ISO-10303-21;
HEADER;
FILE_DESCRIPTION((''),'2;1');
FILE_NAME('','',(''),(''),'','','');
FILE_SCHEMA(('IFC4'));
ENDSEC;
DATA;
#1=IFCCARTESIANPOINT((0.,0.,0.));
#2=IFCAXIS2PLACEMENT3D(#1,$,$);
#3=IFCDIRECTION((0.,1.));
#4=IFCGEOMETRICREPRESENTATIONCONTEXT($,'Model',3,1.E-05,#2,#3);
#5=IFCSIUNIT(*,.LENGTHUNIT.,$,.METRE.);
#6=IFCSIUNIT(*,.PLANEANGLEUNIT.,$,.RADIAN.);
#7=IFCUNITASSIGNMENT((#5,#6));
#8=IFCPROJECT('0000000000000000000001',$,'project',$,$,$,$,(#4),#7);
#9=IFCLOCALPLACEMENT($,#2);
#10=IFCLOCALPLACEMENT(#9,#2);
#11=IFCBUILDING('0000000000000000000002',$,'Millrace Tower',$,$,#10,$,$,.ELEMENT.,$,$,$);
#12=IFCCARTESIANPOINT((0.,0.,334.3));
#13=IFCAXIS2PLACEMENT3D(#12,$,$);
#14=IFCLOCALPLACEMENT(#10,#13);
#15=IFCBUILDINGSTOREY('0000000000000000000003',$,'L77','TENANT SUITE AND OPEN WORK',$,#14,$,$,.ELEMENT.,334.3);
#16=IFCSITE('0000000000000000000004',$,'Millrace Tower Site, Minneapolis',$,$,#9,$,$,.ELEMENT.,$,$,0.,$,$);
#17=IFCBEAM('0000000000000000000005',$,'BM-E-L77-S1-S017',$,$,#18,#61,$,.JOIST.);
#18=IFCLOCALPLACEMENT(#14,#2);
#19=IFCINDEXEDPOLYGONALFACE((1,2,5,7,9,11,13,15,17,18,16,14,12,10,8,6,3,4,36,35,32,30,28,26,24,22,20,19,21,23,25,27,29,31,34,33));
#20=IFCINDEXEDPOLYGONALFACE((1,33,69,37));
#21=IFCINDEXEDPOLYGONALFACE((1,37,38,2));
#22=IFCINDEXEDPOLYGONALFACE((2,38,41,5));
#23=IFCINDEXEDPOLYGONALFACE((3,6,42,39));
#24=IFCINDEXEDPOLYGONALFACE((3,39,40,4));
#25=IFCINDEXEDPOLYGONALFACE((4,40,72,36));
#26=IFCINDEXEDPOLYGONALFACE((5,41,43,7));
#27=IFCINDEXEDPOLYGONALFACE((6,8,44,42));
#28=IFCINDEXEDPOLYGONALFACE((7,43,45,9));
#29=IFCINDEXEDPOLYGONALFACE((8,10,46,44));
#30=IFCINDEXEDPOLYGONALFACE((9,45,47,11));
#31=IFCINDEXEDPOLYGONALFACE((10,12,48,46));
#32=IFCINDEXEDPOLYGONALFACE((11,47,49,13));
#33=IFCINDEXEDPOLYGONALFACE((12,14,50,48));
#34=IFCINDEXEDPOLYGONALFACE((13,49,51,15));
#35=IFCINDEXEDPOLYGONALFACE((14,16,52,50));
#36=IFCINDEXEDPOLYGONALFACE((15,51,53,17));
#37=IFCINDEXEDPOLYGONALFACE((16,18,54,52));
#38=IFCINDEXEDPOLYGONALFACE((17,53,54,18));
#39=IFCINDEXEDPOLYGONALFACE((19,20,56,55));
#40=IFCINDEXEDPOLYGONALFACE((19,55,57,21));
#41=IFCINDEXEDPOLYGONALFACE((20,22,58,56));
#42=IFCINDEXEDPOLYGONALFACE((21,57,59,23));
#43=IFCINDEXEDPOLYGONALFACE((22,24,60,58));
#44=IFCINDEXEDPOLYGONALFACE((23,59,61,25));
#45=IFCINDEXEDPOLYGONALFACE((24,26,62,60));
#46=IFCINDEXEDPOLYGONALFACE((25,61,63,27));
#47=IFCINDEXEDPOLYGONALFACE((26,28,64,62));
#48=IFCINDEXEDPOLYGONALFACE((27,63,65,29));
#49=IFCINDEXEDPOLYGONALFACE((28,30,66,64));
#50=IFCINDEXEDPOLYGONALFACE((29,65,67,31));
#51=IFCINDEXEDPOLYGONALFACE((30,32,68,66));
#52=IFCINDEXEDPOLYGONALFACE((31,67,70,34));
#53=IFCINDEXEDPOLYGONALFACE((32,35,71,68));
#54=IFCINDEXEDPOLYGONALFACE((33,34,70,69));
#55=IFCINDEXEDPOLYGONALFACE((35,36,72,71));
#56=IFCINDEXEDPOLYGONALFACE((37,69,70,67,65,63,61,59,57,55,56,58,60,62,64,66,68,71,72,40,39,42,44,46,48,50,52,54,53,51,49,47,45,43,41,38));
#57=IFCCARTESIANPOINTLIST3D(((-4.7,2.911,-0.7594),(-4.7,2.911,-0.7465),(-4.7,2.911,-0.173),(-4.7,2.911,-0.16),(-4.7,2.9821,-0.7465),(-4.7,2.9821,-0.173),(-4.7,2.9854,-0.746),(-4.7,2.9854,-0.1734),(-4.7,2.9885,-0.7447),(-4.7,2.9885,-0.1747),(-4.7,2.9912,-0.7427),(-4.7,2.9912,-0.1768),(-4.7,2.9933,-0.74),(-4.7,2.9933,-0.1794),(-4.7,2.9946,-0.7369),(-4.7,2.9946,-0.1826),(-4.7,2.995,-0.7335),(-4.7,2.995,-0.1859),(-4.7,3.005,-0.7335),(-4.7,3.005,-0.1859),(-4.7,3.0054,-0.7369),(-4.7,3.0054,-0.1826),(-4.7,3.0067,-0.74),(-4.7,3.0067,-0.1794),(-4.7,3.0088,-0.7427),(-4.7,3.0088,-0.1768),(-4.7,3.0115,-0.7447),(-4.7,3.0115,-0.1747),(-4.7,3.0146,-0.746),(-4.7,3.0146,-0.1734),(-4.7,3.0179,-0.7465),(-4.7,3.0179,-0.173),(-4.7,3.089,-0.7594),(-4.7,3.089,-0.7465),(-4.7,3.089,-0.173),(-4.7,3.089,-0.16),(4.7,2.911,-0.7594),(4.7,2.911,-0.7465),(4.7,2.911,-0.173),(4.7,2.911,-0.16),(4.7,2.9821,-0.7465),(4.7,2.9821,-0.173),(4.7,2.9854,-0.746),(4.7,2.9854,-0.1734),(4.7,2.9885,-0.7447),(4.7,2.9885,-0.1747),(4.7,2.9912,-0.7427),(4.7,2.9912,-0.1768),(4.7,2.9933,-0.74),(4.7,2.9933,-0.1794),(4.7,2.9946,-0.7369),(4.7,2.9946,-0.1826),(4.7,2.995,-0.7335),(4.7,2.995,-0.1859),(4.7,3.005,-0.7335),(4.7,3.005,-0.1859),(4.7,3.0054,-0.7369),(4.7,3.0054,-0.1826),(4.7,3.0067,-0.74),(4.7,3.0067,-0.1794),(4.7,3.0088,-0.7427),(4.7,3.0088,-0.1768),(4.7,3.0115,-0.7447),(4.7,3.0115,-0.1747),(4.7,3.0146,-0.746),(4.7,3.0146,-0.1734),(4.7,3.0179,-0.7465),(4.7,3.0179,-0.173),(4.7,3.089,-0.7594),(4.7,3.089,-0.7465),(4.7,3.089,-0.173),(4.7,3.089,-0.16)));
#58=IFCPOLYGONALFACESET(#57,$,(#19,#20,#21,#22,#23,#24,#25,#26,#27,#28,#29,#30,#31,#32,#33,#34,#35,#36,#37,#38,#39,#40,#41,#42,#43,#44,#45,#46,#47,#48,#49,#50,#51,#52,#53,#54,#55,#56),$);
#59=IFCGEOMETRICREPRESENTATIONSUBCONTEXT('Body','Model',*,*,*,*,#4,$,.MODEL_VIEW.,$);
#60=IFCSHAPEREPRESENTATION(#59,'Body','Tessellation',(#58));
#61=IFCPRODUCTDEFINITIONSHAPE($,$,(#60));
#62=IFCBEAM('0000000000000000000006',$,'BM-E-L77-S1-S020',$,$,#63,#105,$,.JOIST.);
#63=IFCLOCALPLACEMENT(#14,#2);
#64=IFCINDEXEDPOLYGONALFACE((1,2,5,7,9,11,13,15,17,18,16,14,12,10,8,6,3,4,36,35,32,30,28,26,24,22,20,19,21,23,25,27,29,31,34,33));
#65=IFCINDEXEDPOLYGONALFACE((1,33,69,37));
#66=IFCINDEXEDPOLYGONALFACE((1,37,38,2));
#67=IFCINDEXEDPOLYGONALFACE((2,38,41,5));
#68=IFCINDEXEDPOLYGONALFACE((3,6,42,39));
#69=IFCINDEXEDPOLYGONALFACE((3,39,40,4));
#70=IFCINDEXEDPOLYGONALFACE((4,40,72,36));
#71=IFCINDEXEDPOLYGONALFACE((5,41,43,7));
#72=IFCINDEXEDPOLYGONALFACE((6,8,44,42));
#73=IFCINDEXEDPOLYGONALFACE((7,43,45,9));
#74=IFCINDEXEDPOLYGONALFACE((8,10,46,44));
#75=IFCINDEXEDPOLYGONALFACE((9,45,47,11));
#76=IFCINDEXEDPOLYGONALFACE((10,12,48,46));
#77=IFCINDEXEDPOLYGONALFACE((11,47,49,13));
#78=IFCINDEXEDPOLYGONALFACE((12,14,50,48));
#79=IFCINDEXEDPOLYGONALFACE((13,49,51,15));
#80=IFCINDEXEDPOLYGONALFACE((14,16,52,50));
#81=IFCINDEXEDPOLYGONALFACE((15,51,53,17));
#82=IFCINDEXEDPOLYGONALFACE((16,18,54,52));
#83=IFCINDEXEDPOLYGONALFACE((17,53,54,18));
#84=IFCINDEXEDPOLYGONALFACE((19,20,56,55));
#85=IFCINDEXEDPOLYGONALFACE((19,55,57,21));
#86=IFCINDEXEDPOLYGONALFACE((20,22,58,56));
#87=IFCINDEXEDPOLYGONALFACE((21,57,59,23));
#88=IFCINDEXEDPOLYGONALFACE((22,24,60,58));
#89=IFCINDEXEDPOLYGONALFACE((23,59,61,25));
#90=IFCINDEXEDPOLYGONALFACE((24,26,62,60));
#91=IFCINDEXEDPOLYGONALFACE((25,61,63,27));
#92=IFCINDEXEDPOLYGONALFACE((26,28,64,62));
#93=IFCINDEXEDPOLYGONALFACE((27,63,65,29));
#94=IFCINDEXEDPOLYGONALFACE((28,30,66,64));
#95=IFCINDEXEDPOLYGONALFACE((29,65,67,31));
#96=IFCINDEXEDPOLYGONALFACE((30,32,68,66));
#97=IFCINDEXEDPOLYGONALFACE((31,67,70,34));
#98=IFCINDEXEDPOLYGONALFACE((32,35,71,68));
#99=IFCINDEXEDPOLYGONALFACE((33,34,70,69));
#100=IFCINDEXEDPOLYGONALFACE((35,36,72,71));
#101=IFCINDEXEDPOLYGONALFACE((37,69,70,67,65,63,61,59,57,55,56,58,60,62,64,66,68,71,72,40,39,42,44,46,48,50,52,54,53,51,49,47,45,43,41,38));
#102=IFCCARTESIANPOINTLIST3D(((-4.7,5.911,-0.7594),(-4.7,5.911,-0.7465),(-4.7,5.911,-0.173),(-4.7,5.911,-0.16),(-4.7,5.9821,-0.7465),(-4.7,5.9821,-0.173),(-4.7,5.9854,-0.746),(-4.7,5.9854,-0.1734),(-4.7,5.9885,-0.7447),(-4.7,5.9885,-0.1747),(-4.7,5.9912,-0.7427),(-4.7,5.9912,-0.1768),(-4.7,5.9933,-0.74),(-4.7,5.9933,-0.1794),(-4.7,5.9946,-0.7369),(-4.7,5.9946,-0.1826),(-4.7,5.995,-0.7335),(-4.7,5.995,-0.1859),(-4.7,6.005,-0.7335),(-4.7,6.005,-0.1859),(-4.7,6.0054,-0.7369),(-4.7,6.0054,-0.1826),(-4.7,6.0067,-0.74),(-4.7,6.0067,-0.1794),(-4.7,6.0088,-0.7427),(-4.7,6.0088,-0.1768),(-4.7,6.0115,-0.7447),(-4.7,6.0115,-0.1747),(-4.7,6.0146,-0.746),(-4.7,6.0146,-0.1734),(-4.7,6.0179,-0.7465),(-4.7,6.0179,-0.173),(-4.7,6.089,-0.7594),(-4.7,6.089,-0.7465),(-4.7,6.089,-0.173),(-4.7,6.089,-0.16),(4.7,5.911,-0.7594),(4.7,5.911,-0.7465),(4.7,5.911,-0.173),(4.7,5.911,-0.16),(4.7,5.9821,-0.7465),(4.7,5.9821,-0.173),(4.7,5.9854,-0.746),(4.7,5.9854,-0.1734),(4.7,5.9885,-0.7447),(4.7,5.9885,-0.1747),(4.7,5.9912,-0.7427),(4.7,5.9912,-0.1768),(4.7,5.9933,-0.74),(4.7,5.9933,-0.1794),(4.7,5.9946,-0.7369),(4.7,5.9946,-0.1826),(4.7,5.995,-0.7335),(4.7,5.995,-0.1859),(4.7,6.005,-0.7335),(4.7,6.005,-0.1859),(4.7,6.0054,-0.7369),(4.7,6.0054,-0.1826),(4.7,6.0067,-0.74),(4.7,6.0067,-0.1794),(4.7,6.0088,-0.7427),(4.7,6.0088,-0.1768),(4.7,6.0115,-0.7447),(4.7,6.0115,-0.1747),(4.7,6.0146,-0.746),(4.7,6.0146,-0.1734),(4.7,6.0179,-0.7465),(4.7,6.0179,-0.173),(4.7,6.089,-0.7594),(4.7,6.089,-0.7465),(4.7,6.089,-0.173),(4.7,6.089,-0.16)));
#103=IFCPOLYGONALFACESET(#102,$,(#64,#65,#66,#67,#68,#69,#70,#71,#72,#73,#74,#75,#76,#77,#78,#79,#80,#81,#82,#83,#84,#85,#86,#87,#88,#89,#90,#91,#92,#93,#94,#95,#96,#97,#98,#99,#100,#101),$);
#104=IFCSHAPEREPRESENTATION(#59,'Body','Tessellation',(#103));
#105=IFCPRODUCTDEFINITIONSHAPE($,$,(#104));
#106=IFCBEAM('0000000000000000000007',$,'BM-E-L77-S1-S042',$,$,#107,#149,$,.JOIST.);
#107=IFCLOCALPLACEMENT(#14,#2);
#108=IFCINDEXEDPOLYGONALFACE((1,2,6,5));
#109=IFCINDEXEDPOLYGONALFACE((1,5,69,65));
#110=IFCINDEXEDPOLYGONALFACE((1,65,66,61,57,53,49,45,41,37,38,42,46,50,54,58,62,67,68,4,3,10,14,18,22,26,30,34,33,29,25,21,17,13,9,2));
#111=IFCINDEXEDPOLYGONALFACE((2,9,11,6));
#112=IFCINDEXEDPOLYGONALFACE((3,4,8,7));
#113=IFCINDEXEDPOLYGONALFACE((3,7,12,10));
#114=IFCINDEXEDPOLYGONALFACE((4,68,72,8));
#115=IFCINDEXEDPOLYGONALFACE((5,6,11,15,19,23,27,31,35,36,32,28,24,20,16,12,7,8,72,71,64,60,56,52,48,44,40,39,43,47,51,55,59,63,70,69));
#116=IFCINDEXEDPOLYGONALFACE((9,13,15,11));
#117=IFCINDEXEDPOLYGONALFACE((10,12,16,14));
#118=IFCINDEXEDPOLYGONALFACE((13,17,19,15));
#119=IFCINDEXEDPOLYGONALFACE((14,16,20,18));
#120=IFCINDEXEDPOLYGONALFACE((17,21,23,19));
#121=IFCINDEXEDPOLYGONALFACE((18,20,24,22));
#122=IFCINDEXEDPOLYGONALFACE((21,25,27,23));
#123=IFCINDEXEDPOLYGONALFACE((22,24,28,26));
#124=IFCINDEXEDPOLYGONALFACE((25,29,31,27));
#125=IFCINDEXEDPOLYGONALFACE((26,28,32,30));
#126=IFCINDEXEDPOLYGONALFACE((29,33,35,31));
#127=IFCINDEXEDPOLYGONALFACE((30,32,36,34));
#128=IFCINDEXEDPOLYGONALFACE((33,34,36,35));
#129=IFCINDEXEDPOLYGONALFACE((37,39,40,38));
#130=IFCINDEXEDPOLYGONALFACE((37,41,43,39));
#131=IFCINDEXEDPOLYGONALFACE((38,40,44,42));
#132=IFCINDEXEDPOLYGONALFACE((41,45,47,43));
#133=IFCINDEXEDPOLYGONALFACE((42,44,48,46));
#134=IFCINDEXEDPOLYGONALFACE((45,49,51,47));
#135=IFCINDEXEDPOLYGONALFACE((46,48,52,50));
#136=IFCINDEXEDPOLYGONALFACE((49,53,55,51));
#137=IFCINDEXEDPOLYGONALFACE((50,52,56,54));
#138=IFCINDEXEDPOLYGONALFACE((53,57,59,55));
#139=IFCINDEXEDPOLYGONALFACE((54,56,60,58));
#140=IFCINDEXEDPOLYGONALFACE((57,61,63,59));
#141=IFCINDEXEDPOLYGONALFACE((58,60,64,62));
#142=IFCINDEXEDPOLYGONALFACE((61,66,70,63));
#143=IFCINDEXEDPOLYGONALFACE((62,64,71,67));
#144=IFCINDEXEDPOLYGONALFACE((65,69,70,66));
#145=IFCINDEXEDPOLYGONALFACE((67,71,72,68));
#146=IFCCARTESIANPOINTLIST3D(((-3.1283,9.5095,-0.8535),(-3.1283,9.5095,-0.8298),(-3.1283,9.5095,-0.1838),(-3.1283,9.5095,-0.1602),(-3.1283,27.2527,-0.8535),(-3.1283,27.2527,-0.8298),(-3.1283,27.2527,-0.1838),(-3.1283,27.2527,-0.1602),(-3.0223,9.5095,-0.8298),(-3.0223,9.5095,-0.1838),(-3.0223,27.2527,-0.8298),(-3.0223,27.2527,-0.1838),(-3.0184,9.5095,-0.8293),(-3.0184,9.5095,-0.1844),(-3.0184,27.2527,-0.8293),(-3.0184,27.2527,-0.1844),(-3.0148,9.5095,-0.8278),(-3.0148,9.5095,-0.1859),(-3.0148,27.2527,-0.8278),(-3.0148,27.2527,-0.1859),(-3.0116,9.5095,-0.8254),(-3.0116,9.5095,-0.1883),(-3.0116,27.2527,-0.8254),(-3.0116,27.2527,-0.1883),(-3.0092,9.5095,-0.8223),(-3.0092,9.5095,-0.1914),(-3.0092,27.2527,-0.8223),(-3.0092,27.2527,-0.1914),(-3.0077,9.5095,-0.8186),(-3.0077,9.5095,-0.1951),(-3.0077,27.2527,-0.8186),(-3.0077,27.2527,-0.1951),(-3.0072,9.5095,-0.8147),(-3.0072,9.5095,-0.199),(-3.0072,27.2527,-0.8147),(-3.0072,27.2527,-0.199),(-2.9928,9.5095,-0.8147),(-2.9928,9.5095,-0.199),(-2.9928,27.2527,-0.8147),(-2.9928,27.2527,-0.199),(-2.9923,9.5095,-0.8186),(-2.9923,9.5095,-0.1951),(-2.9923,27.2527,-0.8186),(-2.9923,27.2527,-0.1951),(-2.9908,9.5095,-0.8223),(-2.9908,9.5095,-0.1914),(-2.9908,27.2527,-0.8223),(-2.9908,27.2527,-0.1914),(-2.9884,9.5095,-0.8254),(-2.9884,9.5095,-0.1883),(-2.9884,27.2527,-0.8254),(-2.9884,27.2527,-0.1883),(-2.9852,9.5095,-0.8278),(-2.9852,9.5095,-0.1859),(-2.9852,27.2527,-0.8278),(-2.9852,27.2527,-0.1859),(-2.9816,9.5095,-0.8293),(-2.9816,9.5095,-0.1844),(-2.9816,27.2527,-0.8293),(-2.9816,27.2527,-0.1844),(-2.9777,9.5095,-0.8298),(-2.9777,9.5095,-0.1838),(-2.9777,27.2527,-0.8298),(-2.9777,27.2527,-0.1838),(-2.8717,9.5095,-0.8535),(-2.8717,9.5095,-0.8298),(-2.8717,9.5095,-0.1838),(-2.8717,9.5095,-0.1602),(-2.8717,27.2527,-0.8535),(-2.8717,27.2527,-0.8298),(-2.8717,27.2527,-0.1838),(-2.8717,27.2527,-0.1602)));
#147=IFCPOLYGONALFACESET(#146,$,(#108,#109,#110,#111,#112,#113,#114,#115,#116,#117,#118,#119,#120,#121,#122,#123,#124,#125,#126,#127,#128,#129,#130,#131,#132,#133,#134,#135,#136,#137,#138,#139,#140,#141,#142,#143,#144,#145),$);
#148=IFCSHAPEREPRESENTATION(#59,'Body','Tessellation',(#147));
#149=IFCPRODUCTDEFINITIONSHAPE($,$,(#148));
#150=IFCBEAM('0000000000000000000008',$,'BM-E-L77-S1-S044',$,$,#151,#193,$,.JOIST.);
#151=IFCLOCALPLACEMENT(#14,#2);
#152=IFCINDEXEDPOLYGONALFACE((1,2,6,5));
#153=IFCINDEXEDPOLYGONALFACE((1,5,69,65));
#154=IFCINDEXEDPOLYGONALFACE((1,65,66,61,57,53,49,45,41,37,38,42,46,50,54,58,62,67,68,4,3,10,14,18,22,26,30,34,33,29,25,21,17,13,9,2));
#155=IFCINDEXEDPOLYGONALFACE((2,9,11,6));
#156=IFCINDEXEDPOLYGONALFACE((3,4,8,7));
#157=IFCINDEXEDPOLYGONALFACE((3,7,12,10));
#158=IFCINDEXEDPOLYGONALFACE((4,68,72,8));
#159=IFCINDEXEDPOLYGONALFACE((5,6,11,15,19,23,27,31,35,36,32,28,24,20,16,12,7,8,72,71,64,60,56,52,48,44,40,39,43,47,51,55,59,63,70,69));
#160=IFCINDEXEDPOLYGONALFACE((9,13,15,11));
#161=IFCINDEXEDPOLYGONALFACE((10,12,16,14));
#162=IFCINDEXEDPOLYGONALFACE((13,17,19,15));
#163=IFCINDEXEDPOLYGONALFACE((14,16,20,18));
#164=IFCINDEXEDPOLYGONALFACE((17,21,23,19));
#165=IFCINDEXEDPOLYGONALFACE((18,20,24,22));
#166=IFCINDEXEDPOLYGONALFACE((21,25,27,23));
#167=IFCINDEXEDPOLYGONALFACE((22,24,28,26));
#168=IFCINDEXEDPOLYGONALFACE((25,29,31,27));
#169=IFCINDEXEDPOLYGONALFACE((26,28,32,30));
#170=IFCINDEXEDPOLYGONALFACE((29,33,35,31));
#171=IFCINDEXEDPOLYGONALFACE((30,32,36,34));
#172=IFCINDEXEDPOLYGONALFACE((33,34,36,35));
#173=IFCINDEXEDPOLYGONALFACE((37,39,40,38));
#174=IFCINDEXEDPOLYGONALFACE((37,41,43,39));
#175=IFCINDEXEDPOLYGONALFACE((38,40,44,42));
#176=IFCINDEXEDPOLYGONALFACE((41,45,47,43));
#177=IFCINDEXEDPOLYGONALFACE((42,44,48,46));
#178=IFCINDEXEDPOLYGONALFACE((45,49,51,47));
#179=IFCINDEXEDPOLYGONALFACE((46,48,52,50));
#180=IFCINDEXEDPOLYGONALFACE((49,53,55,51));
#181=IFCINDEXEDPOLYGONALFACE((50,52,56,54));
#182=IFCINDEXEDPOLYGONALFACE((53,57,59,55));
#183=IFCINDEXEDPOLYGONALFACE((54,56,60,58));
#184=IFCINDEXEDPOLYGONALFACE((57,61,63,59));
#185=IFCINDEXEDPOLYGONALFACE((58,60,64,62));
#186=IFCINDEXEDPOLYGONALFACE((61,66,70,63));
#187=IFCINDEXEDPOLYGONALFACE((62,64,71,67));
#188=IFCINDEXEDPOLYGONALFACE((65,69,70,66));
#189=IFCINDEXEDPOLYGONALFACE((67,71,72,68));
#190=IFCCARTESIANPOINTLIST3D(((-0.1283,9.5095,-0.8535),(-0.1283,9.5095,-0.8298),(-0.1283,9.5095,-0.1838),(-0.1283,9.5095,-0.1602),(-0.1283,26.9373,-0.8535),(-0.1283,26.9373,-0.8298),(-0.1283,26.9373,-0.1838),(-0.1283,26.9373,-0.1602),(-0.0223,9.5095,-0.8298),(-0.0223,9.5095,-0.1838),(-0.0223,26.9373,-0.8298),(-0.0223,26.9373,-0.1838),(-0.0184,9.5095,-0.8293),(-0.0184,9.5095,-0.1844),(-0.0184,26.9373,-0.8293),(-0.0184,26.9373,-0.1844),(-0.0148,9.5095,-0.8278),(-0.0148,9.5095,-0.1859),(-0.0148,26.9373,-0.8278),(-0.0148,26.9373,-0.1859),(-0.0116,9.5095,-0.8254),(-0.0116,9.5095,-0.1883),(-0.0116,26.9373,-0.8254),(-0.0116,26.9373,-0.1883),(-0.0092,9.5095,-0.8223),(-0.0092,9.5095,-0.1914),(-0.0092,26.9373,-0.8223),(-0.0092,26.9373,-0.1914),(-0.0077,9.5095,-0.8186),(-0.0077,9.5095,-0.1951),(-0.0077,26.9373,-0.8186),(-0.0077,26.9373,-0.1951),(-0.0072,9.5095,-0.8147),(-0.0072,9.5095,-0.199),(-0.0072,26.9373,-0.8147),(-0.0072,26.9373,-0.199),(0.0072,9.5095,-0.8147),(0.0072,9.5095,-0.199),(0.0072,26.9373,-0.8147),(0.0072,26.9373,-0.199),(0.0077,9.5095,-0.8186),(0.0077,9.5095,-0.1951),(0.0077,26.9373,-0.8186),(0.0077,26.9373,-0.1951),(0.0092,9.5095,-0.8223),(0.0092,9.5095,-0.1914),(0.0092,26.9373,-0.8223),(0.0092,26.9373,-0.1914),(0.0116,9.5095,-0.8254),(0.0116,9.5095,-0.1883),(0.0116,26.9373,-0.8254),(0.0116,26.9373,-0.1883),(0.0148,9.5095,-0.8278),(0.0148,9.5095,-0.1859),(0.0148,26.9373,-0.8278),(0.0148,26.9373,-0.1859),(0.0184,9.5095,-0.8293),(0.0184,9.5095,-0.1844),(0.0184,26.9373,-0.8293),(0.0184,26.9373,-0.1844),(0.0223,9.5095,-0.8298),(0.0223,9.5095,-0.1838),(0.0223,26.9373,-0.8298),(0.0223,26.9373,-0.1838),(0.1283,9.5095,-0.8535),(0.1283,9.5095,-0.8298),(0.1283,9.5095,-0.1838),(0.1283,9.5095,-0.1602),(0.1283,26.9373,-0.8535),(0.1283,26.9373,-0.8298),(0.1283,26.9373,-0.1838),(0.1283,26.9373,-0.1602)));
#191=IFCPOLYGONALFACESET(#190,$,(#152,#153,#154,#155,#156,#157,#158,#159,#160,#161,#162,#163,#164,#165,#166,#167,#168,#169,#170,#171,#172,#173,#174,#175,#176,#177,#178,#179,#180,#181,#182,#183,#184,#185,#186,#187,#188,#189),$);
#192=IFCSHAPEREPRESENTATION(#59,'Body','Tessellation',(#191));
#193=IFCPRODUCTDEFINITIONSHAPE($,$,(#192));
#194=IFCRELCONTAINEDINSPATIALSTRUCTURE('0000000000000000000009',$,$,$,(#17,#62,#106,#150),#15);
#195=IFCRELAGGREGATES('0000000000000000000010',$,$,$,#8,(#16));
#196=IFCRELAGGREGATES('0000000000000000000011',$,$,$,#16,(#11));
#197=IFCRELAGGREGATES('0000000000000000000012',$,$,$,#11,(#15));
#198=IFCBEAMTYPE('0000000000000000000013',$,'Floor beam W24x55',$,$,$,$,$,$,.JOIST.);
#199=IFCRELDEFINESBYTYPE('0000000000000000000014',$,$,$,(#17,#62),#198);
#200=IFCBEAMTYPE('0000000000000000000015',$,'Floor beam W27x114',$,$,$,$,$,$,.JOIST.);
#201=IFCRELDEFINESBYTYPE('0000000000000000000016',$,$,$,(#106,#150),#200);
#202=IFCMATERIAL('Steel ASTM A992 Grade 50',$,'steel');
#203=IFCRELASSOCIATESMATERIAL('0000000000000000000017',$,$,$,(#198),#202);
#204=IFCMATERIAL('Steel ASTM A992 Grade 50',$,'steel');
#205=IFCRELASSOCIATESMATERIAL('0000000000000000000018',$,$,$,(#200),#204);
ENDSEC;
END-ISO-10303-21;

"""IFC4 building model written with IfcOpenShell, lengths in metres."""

from ifc_helpers import new_model, si_unit, direction, frame, origin, origin_2d, place, context, subcontext, project, spatial, i_section, extrude, material, material_profile, profile_set, type_object, element, save


model = new_model("IFC4")

# Units and contexts
model_context = context("Model", 3, precision=1e-05, world=origin(), true_north=direction((0.0, 1.0)))
body_context = subcontext(model_context, "Body", "Model", "MODEL_VIEW")
ifc_project = project(units=[si_unit("LENGTHUNIT", "METRE"), si_unit("PLANEANGLEUNIT", "RADIAN")], contexts=[model_context])

# Site, building, storey
site_placement = place(None, origin())
site = spatial("IfcSite", under=ifc_project, at=site_placement, Name="Millrace Tower Site, Minneapolis", CompositionType="ELEMENT", RefElevation=0.0)
building_placement = place(site_placement, origin())
building = spatial("IfcBuilding", under=site, at=building_placement, Name="Millrace Tower", CompositionType="ELEMENT")
storey_placement = place(building_placement, frame((0.0, 0.0, 334.3)))
storey = spatial("IfcBuildingStorey", under=building, at=storey_placement, Name="L77", Description="TENANT SUITE AND OPEN WORK", CompositionType="ELEMENT", Elevation=334.3)

# Beams
ifc_material_1 = material(Name="Steel ASTM A992 Grade 50", Category="steel")
ifc_material_profile_1 = material_profile(ifc_material_1, i_section(OverallWidth=0.178, OverallDepth=0.5994, WebThickness=0.01, FlangeThickness=0.0129, FilletRadius=0.0129, at=origin_2d()))
ifc_profile_set_1 = profile_set([ifc_material_profile_1], Name="Steel ASTM A992 Grade 50")
beam_type_1 = type_object("IfcBeamType", Name="Floor beam W24x55", PredefinedType="JOIST", material=ifc_profile_set_1)
for number, where, z_axis, x_axis, name in (
    (1, (-4.7, 3.0, -0.4597), (1.0, 0.0, 0.0), (0.0, 1.0, 0.0), "BM-E-L77-S1-S017"),
    (2, (-4.7, 6.0, -0.4597), (1.0, 0.0, 0.0), (0.0, 1.0, 0.0), "BM-E-L77-S1-S020"),
):
    element("IfcBeam", number, at=place(storey_placement, frame(where, z_axis=z_axis, x_axis=x_axis)), inside=storey, type_object=beam_type_1, Name=name, PredefinedType="JOIST", context=body_context, shape_type="SweptSolid", body=[
        extrude(i_section(OverallWidth=0.178, OverallDepth=0.5994, WebThickness=0.01, FlangeThickness=0.0129, FilletRadius=0.0129, at=origin_2d()), origin(), (0.0, 0.0, 1.0), 9.3999),
    ])
ifc_material_2 = material(Name="Steel ASTM A992 Grade 50", Category="steel")
ifc_material_profile_2 = material_profile(ifc_material_2, i_section(OverallWidth=0.2566, OverallDepth=0.6934, WebThickness=0.0144, FlangeThickness=0.0237, FilletRadius=0.0151, at=origin_2d()))
ifc_profile_set_2 = profile_set([ifc_material_profile_2], Name="Steel ASTM A992 Grade 50")
beam_type_2 = type_object("IfcBeamType", Name="Floor beam W27x114", PredefinedType="JOIST", material=ifc_profile_set_2)
beam_1_placement = place(storey_placement, frame((-3.0, 9.5095, -0.5068), z_axis=(0.0, 1.0, 0.0), x_axis=(-1.0, 0.0, 0.0)))
element("IfcBeam", 3, at=beam_1_placement, inside=storey, type_object=beam_type_2, Name="BM-E-L77-S1-S042", PredefinedType="JOIST", context=body_context, shape_type="SweptSolid", body=[
    extrude(i_section(OverallWidth=0.2566, OverallDepth=0.6934, WebThickness=0.0144, FlangeThickness=0.0237, FilletRadius=0.0151, at=origin_2d()), origin(), (0.0, 0.0, 1.0), 17.7432),
])
beam_2_placement = place(storey_placement, frame((0.0, 9.5095, -0.5068), z_axis=(0.0, 1.0, 0.0), x_axis=(-1.0, 0.0, 0.0)))
element("IfcBeam", 4, at=beam_2_placement, inside=storey, type_object=beam_type_2, Name="BM-E-L77-S1-S044", PredefinedType="JOIST", context=body_context, shape_type="SweptSolid", body=[
    extrude(i_section(OverallWidth=0.2566, OverallDepth=0.6934, WebThickness=0.0144, FlangeThickness=0.0237, FilletRadius=0.0151, at=origin_2d()), origin(), (0.0, 0.0, 1.0), 17.4277),
])

save(model, "model.ifc")
